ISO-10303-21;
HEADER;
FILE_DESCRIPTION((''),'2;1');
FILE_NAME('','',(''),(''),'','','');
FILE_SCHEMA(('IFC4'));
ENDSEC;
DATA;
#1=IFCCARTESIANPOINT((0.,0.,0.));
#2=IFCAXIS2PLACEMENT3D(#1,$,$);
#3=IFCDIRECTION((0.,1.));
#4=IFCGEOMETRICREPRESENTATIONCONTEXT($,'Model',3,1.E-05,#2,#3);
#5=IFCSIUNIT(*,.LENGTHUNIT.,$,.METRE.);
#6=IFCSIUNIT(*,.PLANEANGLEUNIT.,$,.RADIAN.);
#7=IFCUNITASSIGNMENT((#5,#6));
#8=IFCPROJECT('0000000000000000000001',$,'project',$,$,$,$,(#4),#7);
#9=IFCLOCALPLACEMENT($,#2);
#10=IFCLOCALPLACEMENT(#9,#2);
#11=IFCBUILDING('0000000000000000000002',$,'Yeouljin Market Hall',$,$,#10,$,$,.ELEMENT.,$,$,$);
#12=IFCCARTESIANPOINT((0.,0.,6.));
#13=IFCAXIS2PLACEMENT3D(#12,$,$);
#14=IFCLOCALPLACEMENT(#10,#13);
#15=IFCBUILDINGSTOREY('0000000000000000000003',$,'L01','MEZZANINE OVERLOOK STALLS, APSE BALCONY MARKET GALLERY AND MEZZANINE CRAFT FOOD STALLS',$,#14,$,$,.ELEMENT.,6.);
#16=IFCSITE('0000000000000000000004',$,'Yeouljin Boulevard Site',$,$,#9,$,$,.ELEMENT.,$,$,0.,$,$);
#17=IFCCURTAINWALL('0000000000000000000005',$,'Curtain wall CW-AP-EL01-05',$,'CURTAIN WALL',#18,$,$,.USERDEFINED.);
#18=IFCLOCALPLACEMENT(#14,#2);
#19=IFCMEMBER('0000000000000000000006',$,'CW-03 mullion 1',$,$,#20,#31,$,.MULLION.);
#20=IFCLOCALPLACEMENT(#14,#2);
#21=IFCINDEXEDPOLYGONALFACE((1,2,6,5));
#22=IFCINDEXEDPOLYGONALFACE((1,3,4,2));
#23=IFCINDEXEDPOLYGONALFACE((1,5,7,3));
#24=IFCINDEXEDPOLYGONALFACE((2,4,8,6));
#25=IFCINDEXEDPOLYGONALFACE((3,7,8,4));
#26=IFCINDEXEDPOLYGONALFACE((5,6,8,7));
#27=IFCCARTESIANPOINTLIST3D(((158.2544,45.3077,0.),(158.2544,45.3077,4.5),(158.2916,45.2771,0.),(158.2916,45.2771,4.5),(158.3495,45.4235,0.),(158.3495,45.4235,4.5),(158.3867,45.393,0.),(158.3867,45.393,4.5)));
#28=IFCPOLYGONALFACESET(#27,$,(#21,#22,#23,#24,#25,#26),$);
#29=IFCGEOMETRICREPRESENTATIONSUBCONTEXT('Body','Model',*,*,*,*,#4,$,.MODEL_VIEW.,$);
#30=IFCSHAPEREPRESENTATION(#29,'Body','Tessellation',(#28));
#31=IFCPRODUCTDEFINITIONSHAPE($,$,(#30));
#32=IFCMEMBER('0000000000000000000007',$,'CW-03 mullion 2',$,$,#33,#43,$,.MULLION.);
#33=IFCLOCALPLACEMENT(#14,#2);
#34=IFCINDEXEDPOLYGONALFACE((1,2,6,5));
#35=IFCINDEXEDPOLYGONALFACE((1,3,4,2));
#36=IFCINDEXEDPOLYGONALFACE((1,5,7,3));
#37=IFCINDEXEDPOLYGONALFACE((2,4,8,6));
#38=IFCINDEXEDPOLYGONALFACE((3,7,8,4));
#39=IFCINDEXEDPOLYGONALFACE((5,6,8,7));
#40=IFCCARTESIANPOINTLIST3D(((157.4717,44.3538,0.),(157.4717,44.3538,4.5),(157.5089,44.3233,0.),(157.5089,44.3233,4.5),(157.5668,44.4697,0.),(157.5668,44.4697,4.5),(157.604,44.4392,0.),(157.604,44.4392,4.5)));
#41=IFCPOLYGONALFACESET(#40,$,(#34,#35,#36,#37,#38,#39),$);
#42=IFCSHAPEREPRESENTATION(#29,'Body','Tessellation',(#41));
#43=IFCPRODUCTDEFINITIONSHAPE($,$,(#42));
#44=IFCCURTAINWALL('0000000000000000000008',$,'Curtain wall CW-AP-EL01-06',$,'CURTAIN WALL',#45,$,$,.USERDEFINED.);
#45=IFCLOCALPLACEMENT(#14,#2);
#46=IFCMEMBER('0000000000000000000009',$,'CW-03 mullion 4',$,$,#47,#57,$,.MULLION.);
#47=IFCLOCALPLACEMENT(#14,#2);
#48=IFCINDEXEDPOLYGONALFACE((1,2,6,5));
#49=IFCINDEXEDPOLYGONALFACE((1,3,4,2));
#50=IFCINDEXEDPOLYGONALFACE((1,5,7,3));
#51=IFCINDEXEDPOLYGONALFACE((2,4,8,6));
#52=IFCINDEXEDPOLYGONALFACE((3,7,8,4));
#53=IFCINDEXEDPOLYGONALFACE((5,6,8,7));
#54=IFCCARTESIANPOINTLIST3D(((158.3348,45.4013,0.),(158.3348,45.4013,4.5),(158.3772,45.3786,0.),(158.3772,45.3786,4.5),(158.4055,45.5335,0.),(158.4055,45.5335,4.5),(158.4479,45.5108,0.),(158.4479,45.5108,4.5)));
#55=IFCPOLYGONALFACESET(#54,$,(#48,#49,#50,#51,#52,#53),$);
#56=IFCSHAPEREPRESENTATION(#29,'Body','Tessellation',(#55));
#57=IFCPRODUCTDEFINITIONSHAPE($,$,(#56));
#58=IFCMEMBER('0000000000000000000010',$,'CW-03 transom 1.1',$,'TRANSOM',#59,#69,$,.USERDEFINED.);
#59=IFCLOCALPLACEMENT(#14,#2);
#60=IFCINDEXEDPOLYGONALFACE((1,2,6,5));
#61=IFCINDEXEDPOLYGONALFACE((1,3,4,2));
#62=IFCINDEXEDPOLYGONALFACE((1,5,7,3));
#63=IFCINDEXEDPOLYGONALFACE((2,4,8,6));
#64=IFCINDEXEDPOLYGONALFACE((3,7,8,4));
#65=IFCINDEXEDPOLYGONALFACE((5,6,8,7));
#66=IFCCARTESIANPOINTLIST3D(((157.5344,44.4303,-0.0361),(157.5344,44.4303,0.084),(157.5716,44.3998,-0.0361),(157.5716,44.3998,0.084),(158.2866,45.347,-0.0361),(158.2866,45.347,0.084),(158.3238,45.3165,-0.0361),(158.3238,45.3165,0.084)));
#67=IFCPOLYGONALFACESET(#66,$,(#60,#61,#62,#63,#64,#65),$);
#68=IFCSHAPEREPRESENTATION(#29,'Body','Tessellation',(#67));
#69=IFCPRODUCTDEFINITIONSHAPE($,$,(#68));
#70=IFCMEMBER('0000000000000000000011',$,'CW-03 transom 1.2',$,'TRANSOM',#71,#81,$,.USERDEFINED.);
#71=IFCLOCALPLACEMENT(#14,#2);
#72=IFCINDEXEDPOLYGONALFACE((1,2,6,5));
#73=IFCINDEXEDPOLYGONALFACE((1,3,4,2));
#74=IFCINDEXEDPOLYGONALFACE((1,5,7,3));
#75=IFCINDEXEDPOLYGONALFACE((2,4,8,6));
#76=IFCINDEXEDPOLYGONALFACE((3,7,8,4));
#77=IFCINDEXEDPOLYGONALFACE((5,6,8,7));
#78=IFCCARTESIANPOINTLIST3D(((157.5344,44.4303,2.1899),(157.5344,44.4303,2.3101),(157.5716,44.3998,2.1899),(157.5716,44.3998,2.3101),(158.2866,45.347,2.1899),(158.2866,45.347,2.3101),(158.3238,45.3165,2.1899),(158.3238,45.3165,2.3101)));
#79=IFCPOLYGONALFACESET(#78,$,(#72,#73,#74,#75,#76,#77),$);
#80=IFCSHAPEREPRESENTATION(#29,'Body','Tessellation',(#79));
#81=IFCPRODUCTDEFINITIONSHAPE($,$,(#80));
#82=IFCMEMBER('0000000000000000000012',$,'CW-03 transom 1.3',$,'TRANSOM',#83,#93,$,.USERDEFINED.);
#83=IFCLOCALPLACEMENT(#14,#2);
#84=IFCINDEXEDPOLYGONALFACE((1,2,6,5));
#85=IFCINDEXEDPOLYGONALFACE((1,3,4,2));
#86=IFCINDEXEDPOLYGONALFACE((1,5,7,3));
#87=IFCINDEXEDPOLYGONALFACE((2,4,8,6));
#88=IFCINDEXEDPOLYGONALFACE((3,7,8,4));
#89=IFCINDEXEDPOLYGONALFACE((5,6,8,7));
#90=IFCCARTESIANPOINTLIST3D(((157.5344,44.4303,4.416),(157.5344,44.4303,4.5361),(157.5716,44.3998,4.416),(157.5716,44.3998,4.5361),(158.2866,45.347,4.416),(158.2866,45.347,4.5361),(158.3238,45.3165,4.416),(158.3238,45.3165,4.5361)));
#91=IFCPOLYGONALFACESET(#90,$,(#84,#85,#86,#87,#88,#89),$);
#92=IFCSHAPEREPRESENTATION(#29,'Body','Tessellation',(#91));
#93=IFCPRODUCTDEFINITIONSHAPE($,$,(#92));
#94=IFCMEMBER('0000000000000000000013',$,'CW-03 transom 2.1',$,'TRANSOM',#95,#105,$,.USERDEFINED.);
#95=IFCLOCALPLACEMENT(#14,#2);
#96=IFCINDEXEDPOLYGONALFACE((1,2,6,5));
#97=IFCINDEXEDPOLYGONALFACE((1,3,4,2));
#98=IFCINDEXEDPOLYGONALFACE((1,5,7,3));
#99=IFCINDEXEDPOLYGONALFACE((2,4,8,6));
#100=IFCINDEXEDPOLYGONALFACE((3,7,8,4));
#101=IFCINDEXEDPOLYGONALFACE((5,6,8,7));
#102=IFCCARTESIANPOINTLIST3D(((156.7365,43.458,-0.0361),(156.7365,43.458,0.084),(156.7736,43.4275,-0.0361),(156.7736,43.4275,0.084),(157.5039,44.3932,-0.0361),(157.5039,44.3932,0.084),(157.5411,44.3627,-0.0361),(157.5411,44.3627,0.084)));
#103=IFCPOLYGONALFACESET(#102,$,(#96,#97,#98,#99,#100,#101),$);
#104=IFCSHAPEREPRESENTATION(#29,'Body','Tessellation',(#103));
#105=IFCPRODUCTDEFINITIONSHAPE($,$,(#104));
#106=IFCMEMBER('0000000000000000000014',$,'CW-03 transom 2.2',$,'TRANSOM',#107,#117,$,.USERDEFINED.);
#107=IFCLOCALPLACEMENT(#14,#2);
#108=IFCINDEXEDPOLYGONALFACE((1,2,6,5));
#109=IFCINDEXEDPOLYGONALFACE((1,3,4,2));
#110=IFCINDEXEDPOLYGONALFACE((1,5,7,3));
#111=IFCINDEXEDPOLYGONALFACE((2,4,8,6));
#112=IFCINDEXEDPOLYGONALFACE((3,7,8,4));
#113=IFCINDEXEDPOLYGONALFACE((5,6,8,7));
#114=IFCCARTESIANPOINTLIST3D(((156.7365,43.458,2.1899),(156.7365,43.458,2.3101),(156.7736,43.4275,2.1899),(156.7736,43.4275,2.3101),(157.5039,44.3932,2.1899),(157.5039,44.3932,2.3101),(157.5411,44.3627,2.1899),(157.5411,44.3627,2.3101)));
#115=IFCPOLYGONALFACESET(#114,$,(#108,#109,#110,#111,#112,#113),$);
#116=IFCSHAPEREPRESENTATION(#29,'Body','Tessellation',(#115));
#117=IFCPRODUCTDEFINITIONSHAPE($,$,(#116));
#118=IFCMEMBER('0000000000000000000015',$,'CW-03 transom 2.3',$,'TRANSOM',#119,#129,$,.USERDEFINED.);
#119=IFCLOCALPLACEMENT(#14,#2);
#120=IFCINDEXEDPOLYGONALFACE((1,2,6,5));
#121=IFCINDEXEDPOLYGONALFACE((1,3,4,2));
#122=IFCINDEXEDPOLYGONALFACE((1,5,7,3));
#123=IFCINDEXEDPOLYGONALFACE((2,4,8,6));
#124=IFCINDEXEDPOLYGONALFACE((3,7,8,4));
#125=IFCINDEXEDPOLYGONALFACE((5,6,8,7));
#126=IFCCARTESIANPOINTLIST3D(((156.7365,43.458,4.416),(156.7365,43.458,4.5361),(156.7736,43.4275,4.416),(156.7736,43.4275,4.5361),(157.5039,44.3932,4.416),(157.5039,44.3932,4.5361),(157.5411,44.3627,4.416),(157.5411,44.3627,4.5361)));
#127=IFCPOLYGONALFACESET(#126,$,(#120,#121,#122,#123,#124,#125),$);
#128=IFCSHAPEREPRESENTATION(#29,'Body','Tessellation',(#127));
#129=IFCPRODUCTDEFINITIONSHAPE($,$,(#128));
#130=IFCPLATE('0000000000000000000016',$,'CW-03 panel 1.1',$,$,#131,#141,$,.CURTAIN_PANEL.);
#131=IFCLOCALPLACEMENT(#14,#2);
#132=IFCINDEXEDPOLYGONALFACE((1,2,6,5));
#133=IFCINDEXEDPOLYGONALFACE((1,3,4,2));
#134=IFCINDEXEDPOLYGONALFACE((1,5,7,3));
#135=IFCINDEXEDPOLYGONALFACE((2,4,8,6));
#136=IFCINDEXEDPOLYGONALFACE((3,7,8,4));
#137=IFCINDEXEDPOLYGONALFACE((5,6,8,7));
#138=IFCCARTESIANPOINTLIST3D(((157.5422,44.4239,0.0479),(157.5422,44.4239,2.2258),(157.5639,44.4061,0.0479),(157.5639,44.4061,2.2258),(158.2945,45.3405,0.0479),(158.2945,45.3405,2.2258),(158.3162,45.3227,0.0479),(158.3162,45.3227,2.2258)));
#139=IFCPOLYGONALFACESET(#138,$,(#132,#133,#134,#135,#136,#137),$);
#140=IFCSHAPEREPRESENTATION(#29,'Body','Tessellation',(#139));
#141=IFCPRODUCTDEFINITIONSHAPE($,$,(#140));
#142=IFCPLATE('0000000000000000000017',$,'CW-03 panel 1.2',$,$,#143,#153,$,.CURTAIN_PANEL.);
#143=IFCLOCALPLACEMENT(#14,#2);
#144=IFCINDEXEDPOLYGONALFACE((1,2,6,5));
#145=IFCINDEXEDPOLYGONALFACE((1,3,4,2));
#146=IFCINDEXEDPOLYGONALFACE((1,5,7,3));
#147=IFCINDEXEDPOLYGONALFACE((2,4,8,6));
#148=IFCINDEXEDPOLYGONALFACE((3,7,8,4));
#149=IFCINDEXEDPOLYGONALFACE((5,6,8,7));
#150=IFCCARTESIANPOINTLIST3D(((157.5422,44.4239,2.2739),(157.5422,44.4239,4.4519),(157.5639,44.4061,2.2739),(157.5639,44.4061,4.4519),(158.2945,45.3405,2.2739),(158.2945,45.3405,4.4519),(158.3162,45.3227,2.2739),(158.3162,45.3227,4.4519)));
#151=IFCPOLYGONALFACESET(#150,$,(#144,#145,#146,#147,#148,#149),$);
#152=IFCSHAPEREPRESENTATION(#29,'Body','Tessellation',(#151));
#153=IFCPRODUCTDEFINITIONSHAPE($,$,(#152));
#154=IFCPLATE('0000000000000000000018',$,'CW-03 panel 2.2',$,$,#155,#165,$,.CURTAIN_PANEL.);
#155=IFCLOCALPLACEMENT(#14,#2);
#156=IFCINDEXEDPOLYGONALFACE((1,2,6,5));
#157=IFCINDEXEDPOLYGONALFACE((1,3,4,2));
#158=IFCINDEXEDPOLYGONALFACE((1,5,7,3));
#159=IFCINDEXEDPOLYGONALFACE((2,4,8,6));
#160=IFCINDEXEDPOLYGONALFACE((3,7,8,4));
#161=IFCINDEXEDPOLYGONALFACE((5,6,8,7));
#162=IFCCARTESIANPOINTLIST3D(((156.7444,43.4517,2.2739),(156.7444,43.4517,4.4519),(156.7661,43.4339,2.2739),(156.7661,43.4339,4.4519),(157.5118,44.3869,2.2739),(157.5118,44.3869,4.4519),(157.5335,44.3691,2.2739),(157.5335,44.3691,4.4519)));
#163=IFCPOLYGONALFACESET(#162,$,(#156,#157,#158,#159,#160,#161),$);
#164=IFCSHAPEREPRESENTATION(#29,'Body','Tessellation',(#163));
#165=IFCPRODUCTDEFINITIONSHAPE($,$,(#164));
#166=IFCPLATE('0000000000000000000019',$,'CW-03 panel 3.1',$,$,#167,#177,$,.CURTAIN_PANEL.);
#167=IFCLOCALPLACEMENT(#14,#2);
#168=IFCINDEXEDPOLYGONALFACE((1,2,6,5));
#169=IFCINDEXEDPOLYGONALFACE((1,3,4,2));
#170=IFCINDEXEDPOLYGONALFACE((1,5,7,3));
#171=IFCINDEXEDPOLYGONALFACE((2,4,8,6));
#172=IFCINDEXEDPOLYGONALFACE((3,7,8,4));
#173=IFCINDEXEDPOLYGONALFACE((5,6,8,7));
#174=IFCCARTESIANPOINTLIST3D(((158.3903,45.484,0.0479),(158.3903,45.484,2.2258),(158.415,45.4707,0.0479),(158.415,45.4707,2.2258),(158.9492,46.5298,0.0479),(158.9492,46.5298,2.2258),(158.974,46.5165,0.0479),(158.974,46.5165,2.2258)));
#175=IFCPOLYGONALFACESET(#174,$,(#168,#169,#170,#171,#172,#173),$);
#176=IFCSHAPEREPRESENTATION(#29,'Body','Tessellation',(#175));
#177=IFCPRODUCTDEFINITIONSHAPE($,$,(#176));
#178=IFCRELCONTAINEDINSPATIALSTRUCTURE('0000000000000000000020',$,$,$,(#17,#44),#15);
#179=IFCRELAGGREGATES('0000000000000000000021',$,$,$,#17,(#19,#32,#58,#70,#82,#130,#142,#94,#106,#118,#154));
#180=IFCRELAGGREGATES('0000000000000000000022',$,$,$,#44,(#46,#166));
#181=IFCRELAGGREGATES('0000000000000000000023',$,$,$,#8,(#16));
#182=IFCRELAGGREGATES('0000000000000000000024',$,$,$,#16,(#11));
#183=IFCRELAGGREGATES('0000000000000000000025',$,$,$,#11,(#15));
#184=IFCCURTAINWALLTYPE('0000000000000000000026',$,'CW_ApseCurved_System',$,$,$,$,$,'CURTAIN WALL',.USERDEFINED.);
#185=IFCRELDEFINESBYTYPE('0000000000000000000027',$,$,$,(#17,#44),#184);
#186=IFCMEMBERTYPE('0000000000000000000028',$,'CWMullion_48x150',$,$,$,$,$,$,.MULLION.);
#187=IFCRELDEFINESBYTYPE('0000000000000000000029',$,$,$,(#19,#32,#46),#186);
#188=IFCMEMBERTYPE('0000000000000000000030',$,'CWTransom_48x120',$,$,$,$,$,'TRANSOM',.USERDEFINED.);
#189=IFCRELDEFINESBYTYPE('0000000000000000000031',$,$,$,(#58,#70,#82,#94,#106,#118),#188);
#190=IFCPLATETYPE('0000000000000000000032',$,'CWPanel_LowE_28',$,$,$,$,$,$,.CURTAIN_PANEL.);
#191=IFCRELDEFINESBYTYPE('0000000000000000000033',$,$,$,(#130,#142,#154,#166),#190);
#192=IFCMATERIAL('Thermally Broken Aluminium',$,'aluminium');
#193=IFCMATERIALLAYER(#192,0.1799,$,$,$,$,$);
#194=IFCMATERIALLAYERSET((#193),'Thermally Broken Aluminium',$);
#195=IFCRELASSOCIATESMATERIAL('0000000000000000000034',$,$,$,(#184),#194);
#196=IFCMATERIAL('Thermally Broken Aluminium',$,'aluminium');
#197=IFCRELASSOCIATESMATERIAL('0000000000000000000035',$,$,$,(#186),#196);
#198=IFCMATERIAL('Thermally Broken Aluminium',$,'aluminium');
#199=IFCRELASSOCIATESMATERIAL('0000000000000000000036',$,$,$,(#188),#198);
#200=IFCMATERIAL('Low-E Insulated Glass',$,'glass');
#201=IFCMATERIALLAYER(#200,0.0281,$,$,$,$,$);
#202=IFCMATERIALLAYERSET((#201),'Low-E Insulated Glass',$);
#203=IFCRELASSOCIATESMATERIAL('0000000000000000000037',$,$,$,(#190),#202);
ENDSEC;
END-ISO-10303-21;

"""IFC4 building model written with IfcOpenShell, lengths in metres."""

from ifc_helpers import new_model, si_unit, direction, frame, origin, origin_2d, place, context, subcontext, project, spatial, rectangle, extrude, material, layer, layer_set, material_profile, profile_set, type_object, element, aggregate, save


model = new_model("IFC4")

# Units and contexts
model_context = context("Model", 3, precision=1e-05, world=origin(), true_north=direction((0.0, 1.0)))
body_context = subcontext(model_context, "Body", "Model", "MODEL_VIEW")
ifc_project = project(units=[si_unit("LENGTHUNIT", "METRE"), si_unit("PLANEANGLEUNIT", "RADIAN")], contexts=[model_context])

# Site, building, storey
site_placement = place(None, origin())
site = spatial("IfcSite", under=ifc_project, at=site_placement, Name="Yeouljin Boulevard Site", CompositionType="ELEMENT", RefElevation=0.0)
building_placement = place(site_placement, origin())
building = spatial("IfcBuilding", under=site, at=building_placement, Name="Yeouljin Market Hall", CompositionType="ELEMENT")
storey_placement = place(building_placement, frame((0.0, 0.0, 6.0)))
storey = spatial("IfcBuildingStorey", under=building, at=storey_placement, Name="L01", Description="MEZZANINE OVERLOOK STALLS, APSE BALCONY MARKET GALLERY AND MEZZANINE CRAFT FOOD STALLS", CompositionType="ELEMENT", Elevation=6.0)

# Curtain wall, members
ifc_material_1 = material(Name="Thermally Broken Aluminium", Category="aluminium")
ifc_layer_1 = layer(ifc_material_1, 0.1799)
ifc_layer_set_1 = layer_set([ifc_layer_1], Name="Thermally Broken Aluminium")
curtain_wall_type = type_object("IfcCurtainWallType", Name="CW_ApseCurved_System", ElementType="CURTAIN WALL", PredefinedType="USERDEFINED", material=ifc_layer_set_1)
curtain_wall_1_placement = place(storey_placement, origin())
curtain_wall_1 = element("IfcCurtainWall", 1, at=curtain_wall_1_placement, inside=storey, type_object=curtain_wall_type, Name="Curtain wall CW-AP-EL01-05", ObjectType="CURTAIN WALL", PredefinedType="USERDEFINED")
ifc_material_2 = material(Name="Thermally Broken Aluminium", Category="aluminium")
ifc_material_profile_1 = material_profile(ifc_material_2, rectangle(XDim=0.0481, YDim=0.1499, at=origin_2d()), Name="CW-MULL-48x150")
ifc_profile_set_1 = profile_set([ifc_material_profile_1], Name="Thermally Broken Aluminium")
member_type_1 = type_object("IfcMemberType", Name="CWMullion_48x150", PredefinedType="MULLION", material=ifc_profile_set_1)
member_1_placement = place(storey_placement, frame((158.3206, 45.3503, 0.0), z_axis=(0.0, 0.0, 1.0), x_axis=(0.773018, -0.634384, 0.0)))
member_1 = element("IfcMember", 2, at=member_1_placement, type_object=member_type_1, Name="CW-03 mullion 1", PredefinedType="MULLION", context=body_context, shape_type="SweptSolid", body=[
    extrude(rectangle(XDim=0.0481, YDim=0.1499, at=origin_2d()), origin(), (0.0, 0.0, 1.0), 4.5),
])
member_2_placement = place(storey_placement, frame((157.5378, 44.3965, 0.0), z_axis=(0.0, 0.0, 1.0), x_axis=(0.773018, -0.634384, 0.0)))
member_2 = element("IfcMember", 3, at=member_2_placement, type_object=member_type_1, Name="CW-03 mullion 2", PredefinedType="MULLION", context=body_context, shape_type="SweptSolid", body=[
    extrude(rectangle(XDim=0.0481, YDim=0.1499, at=origin_2d()), origin(), (0.0, 0.0, 1.0), 4.5),
])

# Curtain wall, member
curtain_wall_2_placement = place(storey_placement, origin())
curtain_wall_2 = element("IfcCurtainWall", 4, at=curtain_wall_2_placement, inside=storey, type_object=curtain_wall_type, Name="Curtain wall CW-AP-EL01-06", ObjectType="CURTAIN WALL", PredefinedType="USERDEFINED")
member_3_placement = place(storey_placement, frame((158.3914, 45.4561, 0.0), z_axis=(0.0, 0.0, 1.0), x_axis=(0.881931, -0.471378, 0.0)))
member_3 = element("IfcMember", 5, at=member_3_placement, type_object=member_type_1, Name="CW-03 mullion 4", PredefinedType="MULLION", context=body_context, shape_type="SweptSolid", body=[
    extrude(rectangle(XDim=0.0481, YDim=0.1499, at=origin_2d()), origin(), (0.0, 0.0, 1.0), 4.5),
])

# Members
ifc_material_3 = material(Name="Thermally Broken Aluminium", Category="aluminium")
ifc_material_profile_2 = material_profile(ifc_material_3, rectangle(XDim=0.0481, YDim=0.1201, at=origin_2d()), Name="CW-TRAN-48x120")
ifc_profile_set_2 = profile_set([ifc_material_profile_2], Name="Thermally Broken Aluminium")
member_type_2 = type_object("IfcMemberType", Name="CWTransom_48x120", ElementType="TRANSOM", PredefinedType="USERDEFINED", material=ifc_profile_set_2)
member_4_placement = place(storey_placement, frame((158.3052, 45.3318, 0.0239), z_axis=(-0.634313, -0.773076, 0.0), x_axis=(0.773076, -0.634313, 0.0)))
member_4 = element("IfcMember", 6, at=member_4_placement, type_object=member_type_2, Name="CW-03 transom 1.1", ObjectType="TRANSOM", PredefinedType="USERDEFINED", context=body_context, shape_type="SweptSolid", body=[
    extrude(rectangle(XDim=0.0481, YDim=0.1201, at=origin_2d()), origin(), (0.0, 0.0, 1.0), 1.1858),
])
member_5_placement = place(storey_placement, frame((158.3052, 45.3318, 2.25), z_axis=(-0.634313, -0.773076, 0.0), x_axis=(0.773076, -0.634313, 0.0)))
member_5 = element("IfcMember", 7, at=member_5_placement, type_object=member_type_2, Name="CW-03 transom 1.2", ObjectType="TRANSOM", PredefinedType="USERDEFINED", context=body_context, shape_type="SweptSolid", body=[
    extrude(rectangle(XDim=0.0481, YDim=0.1201, at=origin_2d()), origin(), (0.0, 0.0, 1.0), 1.1858),
])
member_6_placement = place(storey_placement, frame((158.3052, 45.3318, 4.4761), z_axis=(-0.634313, -0.773076, 0.0), x_axis=(0.773076, -0.634313, 0.0)))
member_6 = element("IfcMember", 8, at=member_6_placement, type_object=member_type_2, Name="CW-03 transom 1.3", ObjectType="TRANSOM", PredefinedType="USERDEFINED", context=body_context, shape_type="SweptSolid", body=[
    extrude(rectangle(XDim=0.0481, YDim=0.1201, at=origin_2d()), origin(), (0.0, 0.0, 1.0), 1.1858),
])
member_7_placement = place(storey_placement, frame((157.5225, 44.3779, 0.0239), z_axis=(-0.634369, -0.77303, 0.0), x_axis=(0.77303, -0.634369, 0.0)))
member_7 = element("IfcMember", 9, at=member_7_placement, type_object=member_type_2, Name="CW-03 transom 2.1", ObjectType="TRANSOM", PredefinedType="USERDEFINED", context=body_context, shape_type="SweptSolid", body=[
    extrude(rectangle(XDim=0.0481, YDim=0.1201, at=origin_2d()), origin(), (0.0, 0.0, 1.0), 1.2097),
])
member_8_placement = place(storey_placement, frame((157.5225, 44.3779, 2.25), z_axis=(-0.634369, -0.77303, 0.0), x_axis=(0.77303, -0.634369, 0.0)))
member_8 = element("IfcMember", 10, at=member_8_placement, type_object=member_type_2, Name="CW-03 transom 2.2", ObjectType="TRANSOM", PredefinedType="USERDEFINED", context=body_context, shape_type="SweptSolid", body=[
    extrude(rectangle(XDim=0.0481, YDim=0.1201, at=origin_2d()), origin(), (0.0, 0.0, 1.0), 1.2097),
])
member_9_placement = place(storey_placement, frame((157.5225, 44.3779, 4.4761), z_axis=(-0.634369, -0.77303, 0.0), x_axis=(0.77303, -0.634369, 0.0)))
member_9 = element("IfcMember", 11, at=member_9_placement, type_object=member_type_2, Name="CW-03 transom 2.3", ObjectType="TRANSOM", PredefinedType="USERDEFINED", context=body_context, shape_type="SweptSolid", body=[
    extrude(rectangle(XDim=0.0481, YDim=0.1201, at=origin_2d()), origin(), (0.0, 0.0, 1.0), 1.2097),
])

# Plates
ifc_material_4 = material(Name="Low-E Insulated Glass", Category="glass")
ifc_layer_2 = layer(ifc_material_4, 0.0281)
ifc_layer_set_2 = layer_set([ifc_layer_2], Name="Low-E Insulated Glass")
plate_type = type_object("IfcPlateType", Name="CWPanel_LowE_28", PredefinedType="CURTAIN_PANEL", material=ifc_layer_set_2)
plate_1_placement = place(storey_placement, frame((157.9292, 44.8733, 0.0479), z_axis=(0.0, 0.0, 1.0), x_axis=(-0.634384, -0.773018, 0.0)))
plate_1 = element("IfcPlate", 12, at=plate_1_placement, type_object=plate_type, Name="CW-03 panel 1.1", PredefinedType="CURTAIN_PANEL", context=body_context, shape_type="SweptSolid", body=[
    extrude(rectangle(XDim=1.1858, YDim=0.0281, at=origin_2d()), origin(), (0.0, 0.0, 1.0), 2.178),
])
plate_2_placement = place(storey_placement, frame((157.9292, 44.8733, 2.2739), z_axis=(0.0, 0.0, 1.0), x_axis=(-0.634384, -0.773018, 0.0)))
plate_2 = element("IfcPlate", 13, at=plate_2_placement, type_object=plate_type, Name="CW-03 panel 1.2", PredefinedType="CURTAIN_PANEL", context=body_context, shape_type="SweptSolid", body=[
    extrude(rectangle(XDim=1.1858, YDim=0.0281, at=origin_2d()), origin(), (0.0, 0.0, 1.0), 2.178),
])
plate_3_placement = place(storey_placement, frame((157.1389, 43.9104, 2.2739), z_axis=(0.0, 0.0, 1.0), x_axis=(-0.634384, -0.773018, 0.0)))
plate_3 = element("IfcPlate", 14, at=plate_3_placement, type_object=plate_type, Name="CW-03 panel 2.2", PredefinedType="CURTAIN_PANEL", context=body_context, shape_type="SweptSolid", body=[
    extrude(rectangle(XDim=1.2097, YDim=0.0281, at=origin_2d()), origin(), (0.0, 0.0, 1.0), 2.178),
])
aggregate(curtain_wall_1, [member_1, member_2, member_4, member_5, member_6, plate_1, plate_2, member_7, member_8, member_9, plate_3])
plate_4_placement = place(storey_placement, frame((158.6821, 46.0002, 0.0479), z_axis=(0.0, 0.0, 1.0), x_axis=(-0.471378, -0.881931, 0.0)))
plate_4 = element("IfcPlate", 15, at=plate_4_placement, type_object=plate_type, Name="CW-03 panel 3.1", PredefinedType="CURTAIN_PANEL", context=body_context, shape_type="SweptSolid", body=[
    extrude(rectangle(XDim=1.1858, YDim=0.0281, at=origin_2d()), origin(), (0.0, 0.0, 1.0), 2.178),
])
aggregate(curtain_wall_2, [member_3, plate_4])

save(model, "model.ifc")
